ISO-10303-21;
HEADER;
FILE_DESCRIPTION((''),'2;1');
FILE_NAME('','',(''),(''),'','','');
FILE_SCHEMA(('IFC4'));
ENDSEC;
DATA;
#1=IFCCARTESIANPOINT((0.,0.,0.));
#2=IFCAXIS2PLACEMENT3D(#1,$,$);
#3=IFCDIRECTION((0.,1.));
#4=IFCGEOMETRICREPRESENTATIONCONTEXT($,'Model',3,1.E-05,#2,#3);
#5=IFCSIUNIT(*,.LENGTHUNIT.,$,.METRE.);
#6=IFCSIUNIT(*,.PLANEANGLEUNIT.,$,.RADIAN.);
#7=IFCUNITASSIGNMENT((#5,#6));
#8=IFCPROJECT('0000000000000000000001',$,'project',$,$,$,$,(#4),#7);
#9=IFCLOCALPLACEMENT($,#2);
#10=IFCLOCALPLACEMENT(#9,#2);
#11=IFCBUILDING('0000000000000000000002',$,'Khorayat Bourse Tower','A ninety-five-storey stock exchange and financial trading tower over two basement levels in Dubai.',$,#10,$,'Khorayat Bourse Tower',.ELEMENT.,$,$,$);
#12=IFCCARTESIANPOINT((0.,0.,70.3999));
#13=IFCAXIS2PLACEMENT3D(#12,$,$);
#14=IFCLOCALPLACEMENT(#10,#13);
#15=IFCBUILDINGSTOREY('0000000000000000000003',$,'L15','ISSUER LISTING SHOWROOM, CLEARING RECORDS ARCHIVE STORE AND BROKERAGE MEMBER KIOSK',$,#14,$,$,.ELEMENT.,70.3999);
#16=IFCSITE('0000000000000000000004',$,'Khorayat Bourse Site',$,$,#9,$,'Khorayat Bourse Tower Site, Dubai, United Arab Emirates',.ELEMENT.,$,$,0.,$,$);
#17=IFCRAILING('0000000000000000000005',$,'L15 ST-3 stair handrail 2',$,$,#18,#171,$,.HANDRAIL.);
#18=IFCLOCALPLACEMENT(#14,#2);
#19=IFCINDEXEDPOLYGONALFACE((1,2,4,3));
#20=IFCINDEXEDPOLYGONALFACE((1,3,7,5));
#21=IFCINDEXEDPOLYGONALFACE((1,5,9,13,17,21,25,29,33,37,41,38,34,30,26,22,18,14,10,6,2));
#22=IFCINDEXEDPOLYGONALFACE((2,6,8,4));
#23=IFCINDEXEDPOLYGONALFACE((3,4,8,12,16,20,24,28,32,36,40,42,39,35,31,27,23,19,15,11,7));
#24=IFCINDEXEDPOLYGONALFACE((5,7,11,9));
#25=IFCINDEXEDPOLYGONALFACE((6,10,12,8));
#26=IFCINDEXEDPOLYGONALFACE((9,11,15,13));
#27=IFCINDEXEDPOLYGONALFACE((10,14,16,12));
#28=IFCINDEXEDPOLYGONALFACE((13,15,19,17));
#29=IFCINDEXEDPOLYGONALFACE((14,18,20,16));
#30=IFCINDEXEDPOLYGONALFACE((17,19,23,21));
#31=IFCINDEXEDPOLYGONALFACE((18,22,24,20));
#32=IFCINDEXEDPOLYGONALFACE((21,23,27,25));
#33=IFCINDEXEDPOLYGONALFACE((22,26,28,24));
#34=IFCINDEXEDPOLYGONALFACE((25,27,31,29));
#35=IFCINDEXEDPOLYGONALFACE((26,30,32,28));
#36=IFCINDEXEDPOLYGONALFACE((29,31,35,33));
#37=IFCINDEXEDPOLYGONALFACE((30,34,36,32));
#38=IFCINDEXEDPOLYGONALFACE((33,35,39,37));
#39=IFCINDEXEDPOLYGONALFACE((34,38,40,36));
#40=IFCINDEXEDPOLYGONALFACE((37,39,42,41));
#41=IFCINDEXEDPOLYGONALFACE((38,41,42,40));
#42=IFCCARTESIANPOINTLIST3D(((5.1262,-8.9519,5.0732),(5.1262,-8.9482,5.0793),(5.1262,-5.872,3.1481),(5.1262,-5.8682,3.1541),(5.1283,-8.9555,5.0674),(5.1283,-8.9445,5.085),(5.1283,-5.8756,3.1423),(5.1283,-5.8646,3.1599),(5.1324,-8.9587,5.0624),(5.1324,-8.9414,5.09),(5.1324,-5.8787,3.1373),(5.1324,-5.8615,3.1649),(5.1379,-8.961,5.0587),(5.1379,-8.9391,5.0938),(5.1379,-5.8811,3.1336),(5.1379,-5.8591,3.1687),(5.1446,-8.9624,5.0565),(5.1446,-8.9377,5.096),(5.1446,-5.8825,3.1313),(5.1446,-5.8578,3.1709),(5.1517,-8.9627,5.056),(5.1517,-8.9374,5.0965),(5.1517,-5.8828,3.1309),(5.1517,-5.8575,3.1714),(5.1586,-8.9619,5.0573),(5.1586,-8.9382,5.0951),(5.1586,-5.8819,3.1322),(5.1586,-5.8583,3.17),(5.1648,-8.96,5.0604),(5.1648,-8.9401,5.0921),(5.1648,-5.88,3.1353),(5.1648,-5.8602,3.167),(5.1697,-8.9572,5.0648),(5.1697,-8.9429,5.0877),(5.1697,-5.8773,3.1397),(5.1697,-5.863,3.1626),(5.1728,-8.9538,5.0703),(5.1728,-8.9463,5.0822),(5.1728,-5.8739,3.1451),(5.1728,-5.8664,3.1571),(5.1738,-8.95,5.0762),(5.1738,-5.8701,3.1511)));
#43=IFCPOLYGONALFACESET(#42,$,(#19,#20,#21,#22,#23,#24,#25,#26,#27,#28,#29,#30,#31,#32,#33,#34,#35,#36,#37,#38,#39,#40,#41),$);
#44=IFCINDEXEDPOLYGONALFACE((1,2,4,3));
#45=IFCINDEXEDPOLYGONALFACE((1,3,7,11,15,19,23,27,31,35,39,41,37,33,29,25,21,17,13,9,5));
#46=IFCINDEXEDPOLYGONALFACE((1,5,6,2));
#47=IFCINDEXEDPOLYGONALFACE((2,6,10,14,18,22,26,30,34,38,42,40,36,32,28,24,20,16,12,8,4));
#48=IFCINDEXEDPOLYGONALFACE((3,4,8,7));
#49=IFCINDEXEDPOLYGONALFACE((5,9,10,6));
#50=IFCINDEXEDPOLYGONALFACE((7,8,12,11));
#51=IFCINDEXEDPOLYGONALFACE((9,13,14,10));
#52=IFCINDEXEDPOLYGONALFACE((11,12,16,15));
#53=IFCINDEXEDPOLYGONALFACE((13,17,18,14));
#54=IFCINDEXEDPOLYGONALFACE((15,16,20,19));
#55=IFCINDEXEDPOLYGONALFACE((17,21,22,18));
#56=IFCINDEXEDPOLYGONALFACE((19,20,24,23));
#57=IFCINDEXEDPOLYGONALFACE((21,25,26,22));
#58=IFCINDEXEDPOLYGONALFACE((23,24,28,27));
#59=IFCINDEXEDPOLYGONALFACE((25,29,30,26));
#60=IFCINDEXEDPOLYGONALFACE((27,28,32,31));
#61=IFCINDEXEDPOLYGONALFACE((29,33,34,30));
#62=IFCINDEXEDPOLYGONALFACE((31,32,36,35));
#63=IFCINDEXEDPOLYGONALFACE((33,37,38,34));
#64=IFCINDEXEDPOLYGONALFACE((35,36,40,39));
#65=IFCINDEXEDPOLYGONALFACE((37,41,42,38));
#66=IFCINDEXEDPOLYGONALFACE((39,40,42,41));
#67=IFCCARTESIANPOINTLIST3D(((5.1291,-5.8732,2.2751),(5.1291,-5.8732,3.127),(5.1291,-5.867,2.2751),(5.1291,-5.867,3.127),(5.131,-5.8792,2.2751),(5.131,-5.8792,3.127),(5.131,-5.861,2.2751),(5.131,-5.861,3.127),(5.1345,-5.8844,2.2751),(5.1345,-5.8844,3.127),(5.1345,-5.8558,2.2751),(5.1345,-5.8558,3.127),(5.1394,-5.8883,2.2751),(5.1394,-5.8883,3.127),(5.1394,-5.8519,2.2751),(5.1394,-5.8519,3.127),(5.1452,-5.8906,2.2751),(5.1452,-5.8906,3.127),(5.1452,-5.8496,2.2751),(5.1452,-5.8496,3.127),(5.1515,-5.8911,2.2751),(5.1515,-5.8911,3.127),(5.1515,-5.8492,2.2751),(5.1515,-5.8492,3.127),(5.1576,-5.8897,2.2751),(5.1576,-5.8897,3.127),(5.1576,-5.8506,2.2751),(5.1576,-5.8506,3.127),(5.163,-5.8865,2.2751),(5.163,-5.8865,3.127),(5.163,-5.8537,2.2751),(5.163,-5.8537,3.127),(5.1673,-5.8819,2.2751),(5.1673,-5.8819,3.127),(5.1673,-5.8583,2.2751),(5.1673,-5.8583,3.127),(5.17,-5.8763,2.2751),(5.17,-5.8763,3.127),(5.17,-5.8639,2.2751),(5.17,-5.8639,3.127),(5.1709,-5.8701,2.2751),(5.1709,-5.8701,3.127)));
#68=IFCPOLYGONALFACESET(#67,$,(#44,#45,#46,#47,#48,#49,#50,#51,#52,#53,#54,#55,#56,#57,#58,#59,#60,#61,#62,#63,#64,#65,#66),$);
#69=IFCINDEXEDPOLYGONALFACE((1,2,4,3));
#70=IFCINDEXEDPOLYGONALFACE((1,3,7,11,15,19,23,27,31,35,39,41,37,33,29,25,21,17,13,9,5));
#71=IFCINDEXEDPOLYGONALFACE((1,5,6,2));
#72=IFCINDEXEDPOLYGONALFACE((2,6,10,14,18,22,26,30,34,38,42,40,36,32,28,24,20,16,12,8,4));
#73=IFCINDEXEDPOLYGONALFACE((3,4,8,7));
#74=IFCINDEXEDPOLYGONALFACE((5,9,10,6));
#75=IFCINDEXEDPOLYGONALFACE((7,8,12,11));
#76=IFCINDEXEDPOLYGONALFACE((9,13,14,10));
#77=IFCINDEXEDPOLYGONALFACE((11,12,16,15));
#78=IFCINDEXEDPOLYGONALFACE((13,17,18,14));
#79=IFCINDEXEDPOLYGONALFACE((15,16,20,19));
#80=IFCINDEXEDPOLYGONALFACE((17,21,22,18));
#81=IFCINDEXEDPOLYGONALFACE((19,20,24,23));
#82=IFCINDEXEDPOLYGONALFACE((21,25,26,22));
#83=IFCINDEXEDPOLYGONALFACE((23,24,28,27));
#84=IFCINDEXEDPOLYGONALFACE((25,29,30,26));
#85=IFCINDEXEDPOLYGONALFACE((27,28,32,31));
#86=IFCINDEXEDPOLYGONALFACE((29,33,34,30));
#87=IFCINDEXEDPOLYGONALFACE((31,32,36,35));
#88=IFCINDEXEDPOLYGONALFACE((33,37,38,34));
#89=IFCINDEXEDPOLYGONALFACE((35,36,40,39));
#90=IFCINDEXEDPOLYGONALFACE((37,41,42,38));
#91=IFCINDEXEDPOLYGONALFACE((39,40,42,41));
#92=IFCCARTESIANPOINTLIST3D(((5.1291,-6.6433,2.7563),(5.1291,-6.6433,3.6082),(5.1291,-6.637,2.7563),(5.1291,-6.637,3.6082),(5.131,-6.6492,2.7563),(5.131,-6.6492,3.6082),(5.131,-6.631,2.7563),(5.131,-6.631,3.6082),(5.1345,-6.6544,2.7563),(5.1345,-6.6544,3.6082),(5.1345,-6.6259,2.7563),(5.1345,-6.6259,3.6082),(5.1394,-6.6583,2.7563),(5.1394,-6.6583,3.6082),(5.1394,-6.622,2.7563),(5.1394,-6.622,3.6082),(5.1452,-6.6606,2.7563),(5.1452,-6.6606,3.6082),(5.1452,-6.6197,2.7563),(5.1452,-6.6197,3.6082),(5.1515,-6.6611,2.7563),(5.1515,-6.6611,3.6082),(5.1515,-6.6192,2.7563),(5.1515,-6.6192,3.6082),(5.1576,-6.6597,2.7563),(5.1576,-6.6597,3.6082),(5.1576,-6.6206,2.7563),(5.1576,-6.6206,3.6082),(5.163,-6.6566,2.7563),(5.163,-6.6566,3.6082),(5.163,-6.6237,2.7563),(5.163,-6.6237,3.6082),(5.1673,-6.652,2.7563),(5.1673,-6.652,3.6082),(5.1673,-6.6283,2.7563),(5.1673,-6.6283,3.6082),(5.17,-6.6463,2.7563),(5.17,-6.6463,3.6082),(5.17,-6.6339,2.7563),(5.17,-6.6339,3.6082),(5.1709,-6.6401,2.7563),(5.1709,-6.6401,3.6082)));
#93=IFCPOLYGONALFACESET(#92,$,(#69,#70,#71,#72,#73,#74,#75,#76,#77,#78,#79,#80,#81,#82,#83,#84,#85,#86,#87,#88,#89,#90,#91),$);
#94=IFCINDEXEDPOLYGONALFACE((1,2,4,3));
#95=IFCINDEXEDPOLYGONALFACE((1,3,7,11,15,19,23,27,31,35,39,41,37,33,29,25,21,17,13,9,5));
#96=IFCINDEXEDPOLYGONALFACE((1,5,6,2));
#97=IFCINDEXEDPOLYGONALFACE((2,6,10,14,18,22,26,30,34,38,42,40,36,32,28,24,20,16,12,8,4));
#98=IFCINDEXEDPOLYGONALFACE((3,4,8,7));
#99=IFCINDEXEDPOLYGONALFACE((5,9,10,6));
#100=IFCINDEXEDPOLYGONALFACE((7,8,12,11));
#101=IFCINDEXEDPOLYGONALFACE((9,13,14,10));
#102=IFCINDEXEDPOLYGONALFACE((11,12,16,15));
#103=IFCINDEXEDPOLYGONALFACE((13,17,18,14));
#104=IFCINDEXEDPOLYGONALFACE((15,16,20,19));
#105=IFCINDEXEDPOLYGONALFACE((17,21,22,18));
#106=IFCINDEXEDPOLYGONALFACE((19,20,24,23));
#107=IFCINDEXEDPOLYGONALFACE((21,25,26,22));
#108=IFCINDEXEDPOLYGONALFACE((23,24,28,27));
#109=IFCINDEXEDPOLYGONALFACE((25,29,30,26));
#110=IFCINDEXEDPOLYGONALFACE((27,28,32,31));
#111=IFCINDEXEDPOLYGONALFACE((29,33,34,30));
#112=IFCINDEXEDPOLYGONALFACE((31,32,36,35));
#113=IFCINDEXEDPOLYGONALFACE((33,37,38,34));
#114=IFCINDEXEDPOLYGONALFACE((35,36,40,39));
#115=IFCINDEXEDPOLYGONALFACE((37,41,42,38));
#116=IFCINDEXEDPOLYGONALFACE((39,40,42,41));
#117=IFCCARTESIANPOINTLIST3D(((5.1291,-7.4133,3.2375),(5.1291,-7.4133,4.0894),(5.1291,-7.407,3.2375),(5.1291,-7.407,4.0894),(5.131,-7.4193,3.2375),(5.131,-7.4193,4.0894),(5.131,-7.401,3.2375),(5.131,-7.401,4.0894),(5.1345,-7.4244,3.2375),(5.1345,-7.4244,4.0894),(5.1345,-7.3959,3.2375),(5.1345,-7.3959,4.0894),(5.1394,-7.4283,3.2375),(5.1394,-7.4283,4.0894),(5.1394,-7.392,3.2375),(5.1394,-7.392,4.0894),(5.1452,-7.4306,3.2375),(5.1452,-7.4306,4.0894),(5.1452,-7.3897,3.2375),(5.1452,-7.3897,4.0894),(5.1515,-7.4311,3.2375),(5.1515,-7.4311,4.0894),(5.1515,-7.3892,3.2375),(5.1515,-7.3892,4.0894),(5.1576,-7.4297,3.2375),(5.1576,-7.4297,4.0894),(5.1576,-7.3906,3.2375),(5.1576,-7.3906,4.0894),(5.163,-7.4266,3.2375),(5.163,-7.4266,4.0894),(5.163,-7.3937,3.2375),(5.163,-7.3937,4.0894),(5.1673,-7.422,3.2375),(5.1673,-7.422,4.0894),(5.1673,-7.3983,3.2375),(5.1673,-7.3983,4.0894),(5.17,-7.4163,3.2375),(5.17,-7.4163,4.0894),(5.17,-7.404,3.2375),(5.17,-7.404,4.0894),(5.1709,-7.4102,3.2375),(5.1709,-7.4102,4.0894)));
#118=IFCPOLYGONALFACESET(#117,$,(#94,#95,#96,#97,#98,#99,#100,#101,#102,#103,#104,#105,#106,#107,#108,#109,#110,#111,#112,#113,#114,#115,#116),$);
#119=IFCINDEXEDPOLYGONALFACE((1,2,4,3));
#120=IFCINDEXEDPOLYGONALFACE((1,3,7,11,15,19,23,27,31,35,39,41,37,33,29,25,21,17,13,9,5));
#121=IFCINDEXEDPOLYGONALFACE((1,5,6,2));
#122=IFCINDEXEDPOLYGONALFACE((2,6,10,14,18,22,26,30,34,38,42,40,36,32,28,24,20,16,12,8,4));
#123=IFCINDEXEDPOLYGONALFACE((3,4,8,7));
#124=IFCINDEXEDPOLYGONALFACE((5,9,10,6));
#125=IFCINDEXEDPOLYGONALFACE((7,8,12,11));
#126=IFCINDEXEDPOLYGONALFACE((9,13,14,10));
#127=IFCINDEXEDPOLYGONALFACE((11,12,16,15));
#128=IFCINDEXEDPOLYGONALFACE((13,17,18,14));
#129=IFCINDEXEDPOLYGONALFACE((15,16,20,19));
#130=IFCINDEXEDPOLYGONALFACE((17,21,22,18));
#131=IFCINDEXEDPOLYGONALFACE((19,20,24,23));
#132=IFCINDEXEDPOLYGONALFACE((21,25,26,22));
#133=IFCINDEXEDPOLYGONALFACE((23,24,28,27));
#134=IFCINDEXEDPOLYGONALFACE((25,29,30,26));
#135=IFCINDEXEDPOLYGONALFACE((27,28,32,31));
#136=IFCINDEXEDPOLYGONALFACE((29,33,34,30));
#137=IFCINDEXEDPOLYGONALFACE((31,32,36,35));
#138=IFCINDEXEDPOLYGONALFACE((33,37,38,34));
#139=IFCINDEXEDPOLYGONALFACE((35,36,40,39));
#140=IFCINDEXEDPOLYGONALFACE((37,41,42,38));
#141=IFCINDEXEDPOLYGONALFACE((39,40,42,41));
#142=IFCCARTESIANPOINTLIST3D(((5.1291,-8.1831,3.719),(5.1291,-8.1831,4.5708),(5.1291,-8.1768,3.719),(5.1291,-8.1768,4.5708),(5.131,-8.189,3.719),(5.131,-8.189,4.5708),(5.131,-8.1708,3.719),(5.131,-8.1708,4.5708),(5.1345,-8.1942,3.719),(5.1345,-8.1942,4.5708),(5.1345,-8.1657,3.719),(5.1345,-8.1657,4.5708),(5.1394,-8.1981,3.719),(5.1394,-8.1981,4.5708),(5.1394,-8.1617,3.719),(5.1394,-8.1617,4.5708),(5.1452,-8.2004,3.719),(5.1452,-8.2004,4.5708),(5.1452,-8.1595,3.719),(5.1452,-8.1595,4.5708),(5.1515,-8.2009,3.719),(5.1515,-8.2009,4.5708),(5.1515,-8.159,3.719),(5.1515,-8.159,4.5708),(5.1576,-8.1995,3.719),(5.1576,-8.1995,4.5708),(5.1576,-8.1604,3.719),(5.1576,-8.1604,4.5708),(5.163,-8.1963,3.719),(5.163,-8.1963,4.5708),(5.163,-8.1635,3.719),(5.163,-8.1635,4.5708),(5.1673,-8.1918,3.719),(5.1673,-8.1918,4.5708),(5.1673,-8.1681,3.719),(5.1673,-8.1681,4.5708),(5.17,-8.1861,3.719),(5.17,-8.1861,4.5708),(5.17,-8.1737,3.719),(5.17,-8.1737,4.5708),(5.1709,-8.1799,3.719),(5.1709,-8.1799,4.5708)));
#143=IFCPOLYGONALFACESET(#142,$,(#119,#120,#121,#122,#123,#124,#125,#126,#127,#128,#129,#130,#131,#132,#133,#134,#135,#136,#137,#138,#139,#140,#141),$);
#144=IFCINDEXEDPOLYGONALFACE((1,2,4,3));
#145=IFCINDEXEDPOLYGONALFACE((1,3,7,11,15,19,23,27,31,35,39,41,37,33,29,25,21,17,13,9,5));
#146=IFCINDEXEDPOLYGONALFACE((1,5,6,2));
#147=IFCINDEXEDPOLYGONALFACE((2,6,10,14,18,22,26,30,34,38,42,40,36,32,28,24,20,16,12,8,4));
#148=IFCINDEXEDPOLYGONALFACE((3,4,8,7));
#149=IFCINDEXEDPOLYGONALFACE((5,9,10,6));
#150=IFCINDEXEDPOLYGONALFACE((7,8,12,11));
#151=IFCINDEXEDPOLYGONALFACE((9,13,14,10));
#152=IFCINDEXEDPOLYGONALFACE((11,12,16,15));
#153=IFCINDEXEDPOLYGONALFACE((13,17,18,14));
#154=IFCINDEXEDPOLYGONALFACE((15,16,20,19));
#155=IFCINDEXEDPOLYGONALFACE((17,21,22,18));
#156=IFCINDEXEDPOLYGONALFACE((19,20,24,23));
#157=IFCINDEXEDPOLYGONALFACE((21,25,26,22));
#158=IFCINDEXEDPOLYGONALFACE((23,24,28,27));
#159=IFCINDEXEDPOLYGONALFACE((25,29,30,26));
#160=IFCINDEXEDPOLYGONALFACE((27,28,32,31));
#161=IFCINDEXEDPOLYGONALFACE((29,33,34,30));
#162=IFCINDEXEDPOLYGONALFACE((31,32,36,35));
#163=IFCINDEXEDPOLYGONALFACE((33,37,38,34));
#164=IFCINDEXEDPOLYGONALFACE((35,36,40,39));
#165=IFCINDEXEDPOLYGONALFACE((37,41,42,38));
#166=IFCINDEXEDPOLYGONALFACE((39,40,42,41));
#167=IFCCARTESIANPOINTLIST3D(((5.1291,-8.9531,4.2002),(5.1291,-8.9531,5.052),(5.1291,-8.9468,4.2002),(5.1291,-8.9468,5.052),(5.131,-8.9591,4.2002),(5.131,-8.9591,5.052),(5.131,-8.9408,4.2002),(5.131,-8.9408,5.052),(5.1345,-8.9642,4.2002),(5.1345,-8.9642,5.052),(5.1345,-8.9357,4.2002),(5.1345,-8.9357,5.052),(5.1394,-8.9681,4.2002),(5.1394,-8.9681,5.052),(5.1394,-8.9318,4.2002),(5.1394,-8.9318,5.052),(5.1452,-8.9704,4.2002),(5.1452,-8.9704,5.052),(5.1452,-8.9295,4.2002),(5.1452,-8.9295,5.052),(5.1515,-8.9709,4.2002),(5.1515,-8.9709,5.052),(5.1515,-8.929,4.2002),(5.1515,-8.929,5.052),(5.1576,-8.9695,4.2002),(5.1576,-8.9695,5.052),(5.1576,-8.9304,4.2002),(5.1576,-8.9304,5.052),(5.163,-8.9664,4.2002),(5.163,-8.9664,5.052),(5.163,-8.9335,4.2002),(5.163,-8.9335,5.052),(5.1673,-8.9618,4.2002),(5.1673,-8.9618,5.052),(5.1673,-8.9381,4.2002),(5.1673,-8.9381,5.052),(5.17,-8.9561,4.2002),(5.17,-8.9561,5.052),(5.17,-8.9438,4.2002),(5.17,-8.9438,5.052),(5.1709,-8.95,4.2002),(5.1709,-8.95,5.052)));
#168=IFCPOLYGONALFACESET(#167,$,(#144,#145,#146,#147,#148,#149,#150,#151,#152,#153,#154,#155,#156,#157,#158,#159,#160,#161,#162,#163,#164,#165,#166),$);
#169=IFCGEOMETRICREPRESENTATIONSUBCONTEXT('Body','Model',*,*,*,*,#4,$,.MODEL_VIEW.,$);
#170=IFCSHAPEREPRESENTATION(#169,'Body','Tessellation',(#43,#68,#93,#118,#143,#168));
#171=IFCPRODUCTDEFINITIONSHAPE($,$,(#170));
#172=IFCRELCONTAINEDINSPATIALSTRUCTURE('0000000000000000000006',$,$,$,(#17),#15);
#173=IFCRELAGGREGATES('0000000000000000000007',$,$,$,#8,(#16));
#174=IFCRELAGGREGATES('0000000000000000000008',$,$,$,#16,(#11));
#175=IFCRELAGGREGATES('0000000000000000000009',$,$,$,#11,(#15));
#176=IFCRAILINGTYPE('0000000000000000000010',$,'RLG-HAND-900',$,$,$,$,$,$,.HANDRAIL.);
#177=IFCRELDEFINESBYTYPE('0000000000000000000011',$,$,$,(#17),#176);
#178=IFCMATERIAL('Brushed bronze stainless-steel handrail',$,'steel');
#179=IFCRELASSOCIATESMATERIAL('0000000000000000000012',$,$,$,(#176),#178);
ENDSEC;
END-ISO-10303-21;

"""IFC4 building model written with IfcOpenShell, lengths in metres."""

from ifc_helpers import new_model, si_unit, direction, frame, origin, origin_2d, place, context, subcontext, project, spatial, circle, extrude, source, transform, mapped, material, type_object, element, save


model = new_model("IFC4")

# Units and contexts
model_context = context("Model", 3, precision=1e-05, world=origin(), true_north=direction((0.0, 1.0)))
body_context = subcontext(model_context, "Body", "Model", "MODEL_VIEW")
ifc_project = project(units=[si_unit("LENGTHUNIT", "METRE"), si_unit("PLANEANGLEUNIT", "RADIAN")], contexts=[model_context])

# Site, building, storey
site_placement = place(None, origin())
site = spatial("IfcSite", under=ifc_project, at=site_placement, Name="Khorayat Bourse Site", LongName="Khorayat Bourse Tower Site, Dubai, United Arab Emirates", CompositionType="ELEMENT", RefElevation=0.0)
building_placement = place(site_placement, origin())
building = spatial("IfcBuilding", under=site, at=building_placement, Name="Khorayat Bourse Tower", Description="A ninety-five-storey stock exchange and financial trading tower over two basement levels in Dubai.", LongName="Khorayat Bourse Tower", CompositionType="ELEMENT")
storey_placement = place(building_placement, frame((0.0, 0.0, 70.3999)))
storey = spatial("IfcBuildingStorey", under=building, at=storey_placement, Name="L15", Description="ISSUER LISTING SHOWROOM, CLEARING RECORDS ARCHIVE STORE AND BROKERAGE MEMBER KIOSK", CompositionType="ELEMENT", Elevation=70.3999)

# Railing
ifc_material_1 = material(Name="Brushed bronze stainless-steel handrail", Category="steel")
railing_type_1 = type_object("IfcRailingType", Name="RLG-HAND-900", PredefinedType="HANDRAIL", material=ifc_material_1)
shared_shape_1 = source(origin(), body_context, "Body", "SweptSolid", [
    extrude(circle(Radius=0.0239, at=origin_2d()), frame((0.0, 0.0, 0.876), z_axis=(0.0, -0.847979, 0.530029), x_axis=(1.0, 0.0, 0.0)), (0.0, 0.0, 1.0), 3.6321),
    extrude(circle(Radius=0.021, at=origin_2d()), origin(), (0.0, 0.0, 1.0), 0.8518),
    extrude(circle(Radius=0.021, at=origin_2d()), frame((0.0, -0.77, 0.4812)), (0.0, 0.0, 1.0), 0.8518),
    extrude(circle(Radius=0.021, at=origin_2d()), frame((0.0, -1.54, 0.9624)), (0.0, 0.0, 1.0), 0.8518),
    extrude(circle(Radius=0.021, at=origin_2d()), frame((0.0, -2.3098, 1.4438)), (0.0, 0.0, 1.0), 0.8518),
    extrude(circle(Radius=0.021, at=origin_2d()), frame((0.0, -3.0798, 1.925)), (0.0, 0.0, 1.0), 0.8518),
])
railing_1_placement = place(storey_placement, frame((5.1499, -5.8701, 2.2751)))
element("IfcRailing", 1, at=railing_1_placement, inside=storey, type_object=railing_type_1, Name="L15 ST-3 stair handrail 2", PredefinedType="HANDRAIL", context=body_context, shape_type="MappedRepresentation", body=[
    mapped(shared_shape_1, transform((0.0, 0.0, 0.0), scale=1.0)),
])

save(model, "model.ifc")
